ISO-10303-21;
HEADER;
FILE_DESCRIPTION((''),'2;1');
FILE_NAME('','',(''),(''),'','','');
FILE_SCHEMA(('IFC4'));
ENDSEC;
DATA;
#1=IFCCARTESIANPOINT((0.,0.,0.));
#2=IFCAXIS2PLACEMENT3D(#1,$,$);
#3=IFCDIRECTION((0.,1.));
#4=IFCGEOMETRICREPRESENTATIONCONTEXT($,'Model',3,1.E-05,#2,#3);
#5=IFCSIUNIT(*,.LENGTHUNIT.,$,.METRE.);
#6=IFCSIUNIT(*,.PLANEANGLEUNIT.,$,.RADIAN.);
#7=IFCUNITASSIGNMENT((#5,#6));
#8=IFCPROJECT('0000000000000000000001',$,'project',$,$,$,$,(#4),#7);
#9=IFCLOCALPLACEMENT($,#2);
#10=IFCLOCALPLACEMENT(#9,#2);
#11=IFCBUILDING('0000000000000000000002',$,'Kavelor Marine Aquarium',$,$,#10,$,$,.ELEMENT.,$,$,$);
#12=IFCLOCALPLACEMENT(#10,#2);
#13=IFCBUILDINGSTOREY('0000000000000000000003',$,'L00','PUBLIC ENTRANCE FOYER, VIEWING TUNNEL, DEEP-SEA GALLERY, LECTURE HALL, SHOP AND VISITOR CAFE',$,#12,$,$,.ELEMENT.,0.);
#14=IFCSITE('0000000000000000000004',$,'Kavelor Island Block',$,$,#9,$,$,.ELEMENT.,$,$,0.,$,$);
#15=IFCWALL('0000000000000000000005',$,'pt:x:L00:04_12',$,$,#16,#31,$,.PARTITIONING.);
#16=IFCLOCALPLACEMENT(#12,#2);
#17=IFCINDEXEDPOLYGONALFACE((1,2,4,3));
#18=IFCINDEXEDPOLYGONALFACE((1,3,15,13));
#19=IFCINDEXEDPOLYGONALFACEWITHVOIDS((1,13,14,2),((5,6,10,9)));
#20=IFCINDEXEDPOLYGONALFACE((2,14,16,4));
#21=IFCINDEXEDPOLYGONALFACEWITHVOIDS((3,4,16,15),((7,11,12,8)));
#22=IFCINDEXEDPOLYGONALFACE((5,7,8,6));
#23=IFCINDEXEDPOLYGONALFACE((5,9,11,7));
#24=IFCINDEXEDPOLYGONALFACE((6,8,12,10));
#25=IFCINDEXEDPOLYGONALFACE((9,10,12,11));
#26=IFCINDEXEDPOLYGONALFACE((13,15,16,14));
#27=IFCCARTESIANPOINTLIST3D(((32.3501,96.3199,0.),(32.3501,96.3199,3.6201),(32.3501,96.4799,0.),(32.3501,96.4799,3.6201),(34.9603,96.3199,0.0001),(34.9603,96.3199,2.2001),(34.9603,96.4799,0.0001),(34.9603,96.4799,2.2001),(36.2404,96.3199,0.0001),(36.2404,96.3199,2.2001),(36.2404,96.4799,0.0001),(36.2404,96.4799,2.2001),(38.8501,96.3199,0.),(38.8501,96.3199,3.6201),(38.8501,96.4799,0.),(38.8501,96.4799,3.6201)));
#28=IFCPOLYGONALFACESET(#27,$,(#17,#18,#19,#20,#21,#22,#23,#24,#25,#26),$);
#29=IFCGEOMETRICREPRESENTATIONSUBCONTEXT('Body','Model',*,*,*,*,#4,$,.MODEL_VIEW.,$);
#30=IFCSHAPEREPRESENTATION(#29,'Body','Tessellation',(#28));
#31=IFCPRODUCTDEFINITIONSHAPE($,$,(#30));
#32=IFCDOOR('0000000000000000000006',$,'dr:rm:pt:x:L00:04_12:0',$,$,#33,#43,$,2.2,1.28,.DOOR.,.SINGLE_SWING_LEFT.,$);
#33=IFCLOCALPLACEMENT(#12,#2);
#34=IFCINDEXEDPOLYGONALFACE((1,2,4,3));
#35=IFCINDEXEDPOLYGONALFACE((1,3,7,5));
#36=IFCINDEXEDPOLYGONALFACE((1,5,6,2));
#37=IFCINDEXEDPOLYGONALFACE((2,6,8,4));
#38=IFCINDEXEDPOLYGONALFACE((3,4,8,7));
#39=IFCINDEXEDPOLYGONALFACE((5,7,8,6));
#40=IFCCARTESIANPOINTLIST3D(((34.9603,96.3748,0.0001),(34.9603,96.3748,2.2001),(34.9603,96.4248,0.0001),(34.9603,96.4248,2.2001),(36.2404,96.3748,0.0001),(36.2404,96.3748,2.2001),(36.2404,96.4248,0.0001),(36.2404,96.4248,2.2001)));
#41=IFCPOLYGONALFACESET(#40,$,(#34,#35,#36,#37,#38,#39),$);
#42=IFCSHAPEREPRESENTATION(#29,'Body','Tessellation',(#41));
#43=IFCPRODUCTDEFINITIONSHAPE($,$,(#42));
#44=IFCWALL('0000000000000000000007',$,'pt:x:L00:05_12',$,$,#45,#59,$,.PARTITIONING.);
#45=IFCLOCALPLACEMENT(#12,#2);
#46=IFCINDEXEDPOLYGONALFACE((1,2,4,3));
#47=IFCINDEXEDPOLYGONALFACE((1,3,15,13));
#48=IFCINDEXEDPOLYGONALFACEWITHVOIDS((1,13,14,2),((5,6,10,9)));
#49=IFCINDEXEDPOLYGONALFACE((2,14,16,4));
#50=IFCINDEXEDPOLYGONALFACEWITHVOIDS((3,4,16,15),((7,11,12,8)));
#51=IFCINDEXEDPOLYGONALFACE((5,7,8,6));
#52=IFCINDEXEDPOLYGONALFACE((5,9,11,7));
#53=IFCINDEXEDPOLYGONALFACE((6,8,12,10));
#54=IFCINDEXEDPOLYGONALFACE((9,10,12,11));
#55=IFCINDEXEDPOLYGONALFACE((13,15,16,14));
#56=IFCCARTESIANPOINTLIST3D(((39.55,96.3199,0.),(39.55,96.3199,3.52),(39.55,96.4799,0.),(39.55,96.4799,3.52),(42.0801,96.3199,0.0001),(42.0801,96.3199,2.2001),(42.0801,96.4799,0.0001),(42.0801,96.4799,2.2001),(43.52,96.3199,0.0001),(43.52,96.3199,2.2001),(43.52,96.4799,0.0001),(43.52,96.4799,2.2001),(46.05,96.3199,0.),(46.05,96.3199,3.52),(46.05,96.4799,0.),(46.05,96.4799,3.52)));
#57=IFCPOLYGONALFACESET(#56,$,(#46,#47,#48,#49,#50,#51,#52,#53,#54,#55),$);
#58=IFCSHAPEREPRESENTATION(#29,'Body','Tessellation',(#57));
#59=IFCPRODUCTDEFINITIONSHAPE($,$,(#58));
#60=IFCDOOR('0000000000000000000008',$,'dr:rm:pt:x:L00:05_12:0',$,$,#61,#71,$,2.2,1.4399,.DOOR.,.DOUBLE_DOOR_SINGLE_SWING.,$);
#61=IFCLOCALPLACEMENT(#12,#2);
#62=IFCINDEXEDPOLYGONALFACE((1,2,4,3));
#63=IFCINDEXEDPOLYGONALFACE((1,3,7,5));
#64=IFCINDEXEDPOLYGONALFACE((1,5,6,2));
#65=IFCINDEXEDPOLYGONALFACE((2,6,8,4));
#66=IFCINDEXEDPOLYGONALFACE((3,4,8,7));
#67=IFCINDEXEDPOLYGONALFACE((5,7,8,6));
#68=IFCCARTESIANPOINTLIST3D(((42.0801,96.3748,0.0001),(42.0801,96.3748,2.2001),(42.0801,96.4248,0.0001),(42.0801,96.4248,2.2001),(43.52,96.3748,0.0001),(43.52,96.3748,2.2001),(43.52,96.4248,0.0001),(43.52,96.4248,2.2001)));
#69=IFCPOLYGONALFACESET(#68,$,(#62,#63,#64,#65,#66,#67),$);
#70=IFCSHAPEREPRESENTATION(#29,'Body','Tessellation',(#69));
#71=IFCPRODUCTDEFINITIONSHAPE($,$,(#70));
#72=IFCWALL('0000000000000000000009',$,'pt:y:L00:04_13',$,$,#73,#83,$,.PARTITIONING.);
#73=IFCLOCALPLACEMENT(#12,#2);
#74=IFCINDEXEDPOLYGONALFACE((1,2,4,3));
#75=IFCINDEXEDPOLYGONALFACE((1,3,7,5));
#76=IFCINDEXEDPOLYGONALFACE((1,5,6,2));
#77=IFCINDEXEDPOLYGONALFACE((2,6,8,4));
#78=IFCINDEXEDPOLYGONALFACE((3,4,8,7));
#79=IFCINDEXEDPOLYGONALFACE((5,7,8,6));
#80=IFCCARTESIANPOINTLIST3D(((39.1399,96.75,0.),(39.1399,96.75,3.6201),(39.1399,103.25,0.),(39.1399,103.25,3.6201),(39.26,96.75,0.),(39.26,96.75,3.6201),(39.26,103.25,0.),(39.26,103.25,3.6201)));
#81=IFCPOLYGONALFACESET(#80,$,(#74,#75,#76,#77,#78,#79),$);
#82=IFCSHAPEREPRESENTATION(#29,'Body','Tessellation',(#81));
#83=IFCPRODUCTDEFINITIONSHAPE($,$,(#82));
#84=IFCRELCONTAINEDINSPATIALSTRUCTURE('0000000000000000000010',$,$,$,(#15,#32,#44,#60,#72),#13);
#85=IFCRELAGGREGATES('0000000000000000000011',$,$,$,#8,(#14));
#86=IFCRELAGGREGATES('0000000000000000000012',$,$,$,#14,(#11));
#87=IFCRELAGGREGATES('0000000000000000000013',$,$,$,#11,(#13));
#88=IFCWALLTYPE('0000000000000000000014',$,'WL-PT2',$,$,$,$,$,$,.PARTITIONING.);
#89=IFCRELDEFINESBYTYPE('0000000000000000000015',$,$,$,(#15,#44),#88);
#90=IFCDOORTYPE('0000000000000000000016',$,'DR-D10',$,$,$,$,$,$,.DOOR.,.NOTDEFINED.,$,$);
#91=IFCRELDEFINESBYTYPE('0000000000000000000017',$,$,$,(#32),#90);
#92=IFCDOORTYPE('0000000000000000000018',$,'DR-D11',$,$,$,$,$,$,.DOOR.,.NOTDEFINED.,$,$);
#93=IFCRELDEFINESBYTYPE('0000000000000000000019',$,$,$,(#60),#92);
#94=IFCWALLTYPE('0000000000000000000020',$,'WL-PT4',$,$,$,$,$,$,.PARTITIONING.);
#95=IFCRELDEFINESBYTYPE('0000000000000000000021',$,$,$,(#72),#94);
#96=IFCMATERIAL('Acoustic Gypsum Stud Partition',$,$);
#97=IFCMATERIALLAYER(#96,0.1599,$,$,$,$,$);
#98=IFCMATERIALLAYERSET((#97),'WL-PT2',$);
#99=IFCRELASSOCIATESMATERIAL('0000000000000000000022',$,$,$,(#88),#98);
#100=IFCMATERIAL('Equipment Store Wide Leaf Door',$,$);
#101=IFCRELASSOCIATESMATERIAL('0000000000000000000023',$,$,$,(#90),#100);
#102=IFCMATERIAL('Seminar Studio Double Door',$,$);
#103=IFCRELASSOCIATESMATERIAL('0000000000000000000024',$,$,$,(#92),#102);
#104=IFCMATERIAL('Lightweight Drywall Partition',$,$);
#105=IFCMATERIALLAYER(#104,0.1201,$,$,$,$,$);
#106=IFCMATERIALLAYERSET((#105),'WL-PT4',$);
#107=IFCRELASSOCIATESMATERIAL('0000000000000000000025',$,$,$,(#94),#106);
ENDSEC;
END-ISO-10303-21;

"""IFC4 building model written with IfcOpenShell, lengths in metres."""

from ifc_helpers import new_model, si_unit, direction, frame, frame_2d, origin, place, context, subcontext, project, spatial, rectangle, extrude, material, layer, layer_set, type_object, element, fill, save


model = new_model("IFC4")

# Units and contexts
model_context = context("Model", 3, precision=1e-05, world=origin(), true_north=direction((0.0, 1.0)))
body_context = subcontext(model_context, "Body", "Model", "MODEL_VIEW")
ifc_project = project(units=[si_unit("LENGTHUNIT", "METRE"), si_unit("PLANEANGLEUNIT", "RADIAN")], contexts=[model_context])

# Site, building, storey
site_placement = place(None, origin())
site = spatial("IfcSite", under=ifc_project, at=site_placement, Name="Kavelor Island Block", CompositionType="ELEMENT", RefElevation=0.0)
building_placement = place(site_placement, origin())
building = spatial("IfcBuilding", under=site, at=building_placement, Name="Kavelor Marine Aquarium", CompositionType="ELEMENT")
storey_placement = place(building_placement, origin())
storey = spatial("IfcBuildingStorey", under=building, at=storey_placement, Name="L00", Description="PUBLIC ENTRANCE FOYER, VIEWING TUNNEL, DEEP-SEA GALLERY, LECTURE HALL, SHOP AND VISITOR CAFE", CompositionType="ELEMENT", Elevation=0.0)

# Walls, openings, doors
ifc_material_1 = material(Name="Acoustic Gypsum Stud Partition")
ifc_layer_1 = layer(ifc_material_1, 0.1599)
ifc_layer_set_1 = layer_set([ifc_layer_1], Name="WL-PT2")
wall_type_1 = type_object("IfcWallType", Name="WL-PT2", PredefinedType="PARTITIONING", material=ifc_layer_set_1)
wall_1_placement = place(storey_placement, frame((32.3501, 96.3999, 0.0), z_axis=(0.0, 0.0, 1.0), x_axis=(1.0, 0.0, 0.0)))
wall_1 = element("IfcWall", 1, at=wall_1_placement, inside=storey, type_object=wall_type_1, Name="pt:x:L00:04_12", PredefinedType="PARTITIONING", context=body_context, shape_type="SweptSolid", body=[
    extrude(rectangle(XDim=6.5, YDim=0.1599, at=frame_2d((3.25, 0.0))), origin(), (0.0, 0.0, 1.0), 3.6201),
])
opening_1_placement = place(wall_1_placement, frame((2.6101, 0.0, 0.0)))
opening_1 = element("IfcOpeningElement", 2, at=opening_1_placement, cuts=wall_1, PredefinedType="OPENING", context=body_context, shape_type="SweptSolid", body=[
    extrude(rectangle(XDim=1.28, YDim=2.2, at=frame_2d((0.6401, 1.1001))), frame((0.0, 0.0898, 0.0), z_axis=(0.0, -1.0, 0.0), x_axis=(1.0, 0.0, 0.0)), (0.0, 0.0, 1.0), 0.1799),
])
ifc_material_2 = material(Name="Equipment Store Wide Leaf Door")
door_type_1 = type_object("IfcDoorType", Name="DR-D10", OperationType="NOTDEFINED", PredefinedType="DOOR", material=ifc_material_2)
door_1_placement = place(opening_1_placement, origin())
door_1 = element("IfcDoor", 3, at=door_1_placement, inside=storey, type_object=door_type_1, Name="dr:rm:pt:x:L00:04_12:0", OperationType="SINGLE_SWING_LEFT", OverallHeight=2.2, OverallWidth=1.28, PredefinedType="DOOR", context=body_context, shape_type="SweptSolid", body=[
    extrude(rectangle(XDim=1.28, YDim=2.2, at=frame_2d((0.6401, 1.1001))), frame((0.0, 0.0249, 0.0), z_axis=(0.0, -1.0, 0.0), x_axis=(1.0, 0.0, 0.0)), (0.0, 0.0, 1.0), 0.05),
])
fill(opening_1, door_1)
wall_2_placement = place(storey_placement, frame((39.55, 96.3999, 0.0), z_axis=(0.0, 0.0, 1.0), x_axis=(1.0, 0.0, 0.0)))
wall_2 = element("IfcWall", 4, at=wall_2_placement, inside=storey, type_object=wall_type_1, Name="pt:x:L00:05_12", PredefinedType="PARTITIONING", context=body_context, shape_type="SweptSolid", body=[
    extrude(rectangle(XDim=6.5, YDim=0.1599, at=frame_2d((3.25, 0.0))), origin(), (0.0, 0.0, 1.0), 3.52),
])
opening_2_placement = place(wall_2_placement, frame((2.53, 0.0, 0.0)))
opening_2 = element("IfcOpeningElement", 5, at=opening_2_placement, cuts=wall_2, PredefinedType="OPENING", context=body_context, shape_type="SweptSolid", body=[
    extrude(rectangle(XDim=1.4399, YDim=2.2, at=frame_2d((0.72, 1.1001))), frame((0.0, 0.0898, 0.0), z_axis=(0.0, -1.0, 0.0), x_axis=(1.0, 0.0, 0.0)), (0.0, 0.0, 1.0), 0.1799),
])
ifc_material_3 = material(Name="Seminar Studio Double Door")
door_type_2 = type_object("IfcDoorType", Name="DR-D11", OperationType="NOTDEFINED", PredefinedType="DOOR", material=ifc_material_3)
door_2_placement = place(opening_2_placement, origin())
door_2 = element("IfcDoor", 6, at=door_2_placement, inside=storey, type_object=door_type_2, Name="dr:rm:pt:x:L00:05_12:0", OperationType="DOUBLE_DOOR_SINGLE_SWING", OverallHeight=2.2, OverallWidth=1.4399, PredefinedType="DOOR", context=body_context, shape_type="SweptSolid", body=[
    extrude(rectangle(XDim=1.4399, YDim=2.2, at=frame_2d((0.72, 1.1001))), frame((0.0, 0.0249, 0.0), z_axis=(0.0, -1.0, 0.0), x_axis=(1.0, 0.0, 0.0)), (0.0, 0.0, 1.0), 0.05),
])
fill(opening_2, door_2)

# Wall
ifc_material_4 = material(Name="Lightweight Drywall Partition")
ifc_layer_2 = layer(ifc_material_4, 0.1201)
ifc_layer_set_2 = layer_set([ifc_layer_2], Name="WL-PT4")
wall_type_2 = type_object("IfcWallType", Name="WL-PT4", PredefinedType="PARTITIONING", material=ifc_layer_set_2)
wall_3_placement = place(storey_placement, frame((39.2, 96.75, 0.0), z_axis=(0.0, 0.0, 1.0), x_axis=(0.0, 1.0, 0.0)))
element("IfcWall", 7, at=wall_3_placement, inside=storey, type_object=wall_type_2, Name="pt:y:L00:04_13", PredefinedType="PARTITIONING", context=body_context, shape_type="SweptSolid", body=[
    extrude(rectangle(XDim=6.5, YDim=0.1201, at=frame_2d((3.25, 0.0))), origin(), (0.0, 0.0, 1.0), 3.6201),
])

save(model, "model.ifc")
